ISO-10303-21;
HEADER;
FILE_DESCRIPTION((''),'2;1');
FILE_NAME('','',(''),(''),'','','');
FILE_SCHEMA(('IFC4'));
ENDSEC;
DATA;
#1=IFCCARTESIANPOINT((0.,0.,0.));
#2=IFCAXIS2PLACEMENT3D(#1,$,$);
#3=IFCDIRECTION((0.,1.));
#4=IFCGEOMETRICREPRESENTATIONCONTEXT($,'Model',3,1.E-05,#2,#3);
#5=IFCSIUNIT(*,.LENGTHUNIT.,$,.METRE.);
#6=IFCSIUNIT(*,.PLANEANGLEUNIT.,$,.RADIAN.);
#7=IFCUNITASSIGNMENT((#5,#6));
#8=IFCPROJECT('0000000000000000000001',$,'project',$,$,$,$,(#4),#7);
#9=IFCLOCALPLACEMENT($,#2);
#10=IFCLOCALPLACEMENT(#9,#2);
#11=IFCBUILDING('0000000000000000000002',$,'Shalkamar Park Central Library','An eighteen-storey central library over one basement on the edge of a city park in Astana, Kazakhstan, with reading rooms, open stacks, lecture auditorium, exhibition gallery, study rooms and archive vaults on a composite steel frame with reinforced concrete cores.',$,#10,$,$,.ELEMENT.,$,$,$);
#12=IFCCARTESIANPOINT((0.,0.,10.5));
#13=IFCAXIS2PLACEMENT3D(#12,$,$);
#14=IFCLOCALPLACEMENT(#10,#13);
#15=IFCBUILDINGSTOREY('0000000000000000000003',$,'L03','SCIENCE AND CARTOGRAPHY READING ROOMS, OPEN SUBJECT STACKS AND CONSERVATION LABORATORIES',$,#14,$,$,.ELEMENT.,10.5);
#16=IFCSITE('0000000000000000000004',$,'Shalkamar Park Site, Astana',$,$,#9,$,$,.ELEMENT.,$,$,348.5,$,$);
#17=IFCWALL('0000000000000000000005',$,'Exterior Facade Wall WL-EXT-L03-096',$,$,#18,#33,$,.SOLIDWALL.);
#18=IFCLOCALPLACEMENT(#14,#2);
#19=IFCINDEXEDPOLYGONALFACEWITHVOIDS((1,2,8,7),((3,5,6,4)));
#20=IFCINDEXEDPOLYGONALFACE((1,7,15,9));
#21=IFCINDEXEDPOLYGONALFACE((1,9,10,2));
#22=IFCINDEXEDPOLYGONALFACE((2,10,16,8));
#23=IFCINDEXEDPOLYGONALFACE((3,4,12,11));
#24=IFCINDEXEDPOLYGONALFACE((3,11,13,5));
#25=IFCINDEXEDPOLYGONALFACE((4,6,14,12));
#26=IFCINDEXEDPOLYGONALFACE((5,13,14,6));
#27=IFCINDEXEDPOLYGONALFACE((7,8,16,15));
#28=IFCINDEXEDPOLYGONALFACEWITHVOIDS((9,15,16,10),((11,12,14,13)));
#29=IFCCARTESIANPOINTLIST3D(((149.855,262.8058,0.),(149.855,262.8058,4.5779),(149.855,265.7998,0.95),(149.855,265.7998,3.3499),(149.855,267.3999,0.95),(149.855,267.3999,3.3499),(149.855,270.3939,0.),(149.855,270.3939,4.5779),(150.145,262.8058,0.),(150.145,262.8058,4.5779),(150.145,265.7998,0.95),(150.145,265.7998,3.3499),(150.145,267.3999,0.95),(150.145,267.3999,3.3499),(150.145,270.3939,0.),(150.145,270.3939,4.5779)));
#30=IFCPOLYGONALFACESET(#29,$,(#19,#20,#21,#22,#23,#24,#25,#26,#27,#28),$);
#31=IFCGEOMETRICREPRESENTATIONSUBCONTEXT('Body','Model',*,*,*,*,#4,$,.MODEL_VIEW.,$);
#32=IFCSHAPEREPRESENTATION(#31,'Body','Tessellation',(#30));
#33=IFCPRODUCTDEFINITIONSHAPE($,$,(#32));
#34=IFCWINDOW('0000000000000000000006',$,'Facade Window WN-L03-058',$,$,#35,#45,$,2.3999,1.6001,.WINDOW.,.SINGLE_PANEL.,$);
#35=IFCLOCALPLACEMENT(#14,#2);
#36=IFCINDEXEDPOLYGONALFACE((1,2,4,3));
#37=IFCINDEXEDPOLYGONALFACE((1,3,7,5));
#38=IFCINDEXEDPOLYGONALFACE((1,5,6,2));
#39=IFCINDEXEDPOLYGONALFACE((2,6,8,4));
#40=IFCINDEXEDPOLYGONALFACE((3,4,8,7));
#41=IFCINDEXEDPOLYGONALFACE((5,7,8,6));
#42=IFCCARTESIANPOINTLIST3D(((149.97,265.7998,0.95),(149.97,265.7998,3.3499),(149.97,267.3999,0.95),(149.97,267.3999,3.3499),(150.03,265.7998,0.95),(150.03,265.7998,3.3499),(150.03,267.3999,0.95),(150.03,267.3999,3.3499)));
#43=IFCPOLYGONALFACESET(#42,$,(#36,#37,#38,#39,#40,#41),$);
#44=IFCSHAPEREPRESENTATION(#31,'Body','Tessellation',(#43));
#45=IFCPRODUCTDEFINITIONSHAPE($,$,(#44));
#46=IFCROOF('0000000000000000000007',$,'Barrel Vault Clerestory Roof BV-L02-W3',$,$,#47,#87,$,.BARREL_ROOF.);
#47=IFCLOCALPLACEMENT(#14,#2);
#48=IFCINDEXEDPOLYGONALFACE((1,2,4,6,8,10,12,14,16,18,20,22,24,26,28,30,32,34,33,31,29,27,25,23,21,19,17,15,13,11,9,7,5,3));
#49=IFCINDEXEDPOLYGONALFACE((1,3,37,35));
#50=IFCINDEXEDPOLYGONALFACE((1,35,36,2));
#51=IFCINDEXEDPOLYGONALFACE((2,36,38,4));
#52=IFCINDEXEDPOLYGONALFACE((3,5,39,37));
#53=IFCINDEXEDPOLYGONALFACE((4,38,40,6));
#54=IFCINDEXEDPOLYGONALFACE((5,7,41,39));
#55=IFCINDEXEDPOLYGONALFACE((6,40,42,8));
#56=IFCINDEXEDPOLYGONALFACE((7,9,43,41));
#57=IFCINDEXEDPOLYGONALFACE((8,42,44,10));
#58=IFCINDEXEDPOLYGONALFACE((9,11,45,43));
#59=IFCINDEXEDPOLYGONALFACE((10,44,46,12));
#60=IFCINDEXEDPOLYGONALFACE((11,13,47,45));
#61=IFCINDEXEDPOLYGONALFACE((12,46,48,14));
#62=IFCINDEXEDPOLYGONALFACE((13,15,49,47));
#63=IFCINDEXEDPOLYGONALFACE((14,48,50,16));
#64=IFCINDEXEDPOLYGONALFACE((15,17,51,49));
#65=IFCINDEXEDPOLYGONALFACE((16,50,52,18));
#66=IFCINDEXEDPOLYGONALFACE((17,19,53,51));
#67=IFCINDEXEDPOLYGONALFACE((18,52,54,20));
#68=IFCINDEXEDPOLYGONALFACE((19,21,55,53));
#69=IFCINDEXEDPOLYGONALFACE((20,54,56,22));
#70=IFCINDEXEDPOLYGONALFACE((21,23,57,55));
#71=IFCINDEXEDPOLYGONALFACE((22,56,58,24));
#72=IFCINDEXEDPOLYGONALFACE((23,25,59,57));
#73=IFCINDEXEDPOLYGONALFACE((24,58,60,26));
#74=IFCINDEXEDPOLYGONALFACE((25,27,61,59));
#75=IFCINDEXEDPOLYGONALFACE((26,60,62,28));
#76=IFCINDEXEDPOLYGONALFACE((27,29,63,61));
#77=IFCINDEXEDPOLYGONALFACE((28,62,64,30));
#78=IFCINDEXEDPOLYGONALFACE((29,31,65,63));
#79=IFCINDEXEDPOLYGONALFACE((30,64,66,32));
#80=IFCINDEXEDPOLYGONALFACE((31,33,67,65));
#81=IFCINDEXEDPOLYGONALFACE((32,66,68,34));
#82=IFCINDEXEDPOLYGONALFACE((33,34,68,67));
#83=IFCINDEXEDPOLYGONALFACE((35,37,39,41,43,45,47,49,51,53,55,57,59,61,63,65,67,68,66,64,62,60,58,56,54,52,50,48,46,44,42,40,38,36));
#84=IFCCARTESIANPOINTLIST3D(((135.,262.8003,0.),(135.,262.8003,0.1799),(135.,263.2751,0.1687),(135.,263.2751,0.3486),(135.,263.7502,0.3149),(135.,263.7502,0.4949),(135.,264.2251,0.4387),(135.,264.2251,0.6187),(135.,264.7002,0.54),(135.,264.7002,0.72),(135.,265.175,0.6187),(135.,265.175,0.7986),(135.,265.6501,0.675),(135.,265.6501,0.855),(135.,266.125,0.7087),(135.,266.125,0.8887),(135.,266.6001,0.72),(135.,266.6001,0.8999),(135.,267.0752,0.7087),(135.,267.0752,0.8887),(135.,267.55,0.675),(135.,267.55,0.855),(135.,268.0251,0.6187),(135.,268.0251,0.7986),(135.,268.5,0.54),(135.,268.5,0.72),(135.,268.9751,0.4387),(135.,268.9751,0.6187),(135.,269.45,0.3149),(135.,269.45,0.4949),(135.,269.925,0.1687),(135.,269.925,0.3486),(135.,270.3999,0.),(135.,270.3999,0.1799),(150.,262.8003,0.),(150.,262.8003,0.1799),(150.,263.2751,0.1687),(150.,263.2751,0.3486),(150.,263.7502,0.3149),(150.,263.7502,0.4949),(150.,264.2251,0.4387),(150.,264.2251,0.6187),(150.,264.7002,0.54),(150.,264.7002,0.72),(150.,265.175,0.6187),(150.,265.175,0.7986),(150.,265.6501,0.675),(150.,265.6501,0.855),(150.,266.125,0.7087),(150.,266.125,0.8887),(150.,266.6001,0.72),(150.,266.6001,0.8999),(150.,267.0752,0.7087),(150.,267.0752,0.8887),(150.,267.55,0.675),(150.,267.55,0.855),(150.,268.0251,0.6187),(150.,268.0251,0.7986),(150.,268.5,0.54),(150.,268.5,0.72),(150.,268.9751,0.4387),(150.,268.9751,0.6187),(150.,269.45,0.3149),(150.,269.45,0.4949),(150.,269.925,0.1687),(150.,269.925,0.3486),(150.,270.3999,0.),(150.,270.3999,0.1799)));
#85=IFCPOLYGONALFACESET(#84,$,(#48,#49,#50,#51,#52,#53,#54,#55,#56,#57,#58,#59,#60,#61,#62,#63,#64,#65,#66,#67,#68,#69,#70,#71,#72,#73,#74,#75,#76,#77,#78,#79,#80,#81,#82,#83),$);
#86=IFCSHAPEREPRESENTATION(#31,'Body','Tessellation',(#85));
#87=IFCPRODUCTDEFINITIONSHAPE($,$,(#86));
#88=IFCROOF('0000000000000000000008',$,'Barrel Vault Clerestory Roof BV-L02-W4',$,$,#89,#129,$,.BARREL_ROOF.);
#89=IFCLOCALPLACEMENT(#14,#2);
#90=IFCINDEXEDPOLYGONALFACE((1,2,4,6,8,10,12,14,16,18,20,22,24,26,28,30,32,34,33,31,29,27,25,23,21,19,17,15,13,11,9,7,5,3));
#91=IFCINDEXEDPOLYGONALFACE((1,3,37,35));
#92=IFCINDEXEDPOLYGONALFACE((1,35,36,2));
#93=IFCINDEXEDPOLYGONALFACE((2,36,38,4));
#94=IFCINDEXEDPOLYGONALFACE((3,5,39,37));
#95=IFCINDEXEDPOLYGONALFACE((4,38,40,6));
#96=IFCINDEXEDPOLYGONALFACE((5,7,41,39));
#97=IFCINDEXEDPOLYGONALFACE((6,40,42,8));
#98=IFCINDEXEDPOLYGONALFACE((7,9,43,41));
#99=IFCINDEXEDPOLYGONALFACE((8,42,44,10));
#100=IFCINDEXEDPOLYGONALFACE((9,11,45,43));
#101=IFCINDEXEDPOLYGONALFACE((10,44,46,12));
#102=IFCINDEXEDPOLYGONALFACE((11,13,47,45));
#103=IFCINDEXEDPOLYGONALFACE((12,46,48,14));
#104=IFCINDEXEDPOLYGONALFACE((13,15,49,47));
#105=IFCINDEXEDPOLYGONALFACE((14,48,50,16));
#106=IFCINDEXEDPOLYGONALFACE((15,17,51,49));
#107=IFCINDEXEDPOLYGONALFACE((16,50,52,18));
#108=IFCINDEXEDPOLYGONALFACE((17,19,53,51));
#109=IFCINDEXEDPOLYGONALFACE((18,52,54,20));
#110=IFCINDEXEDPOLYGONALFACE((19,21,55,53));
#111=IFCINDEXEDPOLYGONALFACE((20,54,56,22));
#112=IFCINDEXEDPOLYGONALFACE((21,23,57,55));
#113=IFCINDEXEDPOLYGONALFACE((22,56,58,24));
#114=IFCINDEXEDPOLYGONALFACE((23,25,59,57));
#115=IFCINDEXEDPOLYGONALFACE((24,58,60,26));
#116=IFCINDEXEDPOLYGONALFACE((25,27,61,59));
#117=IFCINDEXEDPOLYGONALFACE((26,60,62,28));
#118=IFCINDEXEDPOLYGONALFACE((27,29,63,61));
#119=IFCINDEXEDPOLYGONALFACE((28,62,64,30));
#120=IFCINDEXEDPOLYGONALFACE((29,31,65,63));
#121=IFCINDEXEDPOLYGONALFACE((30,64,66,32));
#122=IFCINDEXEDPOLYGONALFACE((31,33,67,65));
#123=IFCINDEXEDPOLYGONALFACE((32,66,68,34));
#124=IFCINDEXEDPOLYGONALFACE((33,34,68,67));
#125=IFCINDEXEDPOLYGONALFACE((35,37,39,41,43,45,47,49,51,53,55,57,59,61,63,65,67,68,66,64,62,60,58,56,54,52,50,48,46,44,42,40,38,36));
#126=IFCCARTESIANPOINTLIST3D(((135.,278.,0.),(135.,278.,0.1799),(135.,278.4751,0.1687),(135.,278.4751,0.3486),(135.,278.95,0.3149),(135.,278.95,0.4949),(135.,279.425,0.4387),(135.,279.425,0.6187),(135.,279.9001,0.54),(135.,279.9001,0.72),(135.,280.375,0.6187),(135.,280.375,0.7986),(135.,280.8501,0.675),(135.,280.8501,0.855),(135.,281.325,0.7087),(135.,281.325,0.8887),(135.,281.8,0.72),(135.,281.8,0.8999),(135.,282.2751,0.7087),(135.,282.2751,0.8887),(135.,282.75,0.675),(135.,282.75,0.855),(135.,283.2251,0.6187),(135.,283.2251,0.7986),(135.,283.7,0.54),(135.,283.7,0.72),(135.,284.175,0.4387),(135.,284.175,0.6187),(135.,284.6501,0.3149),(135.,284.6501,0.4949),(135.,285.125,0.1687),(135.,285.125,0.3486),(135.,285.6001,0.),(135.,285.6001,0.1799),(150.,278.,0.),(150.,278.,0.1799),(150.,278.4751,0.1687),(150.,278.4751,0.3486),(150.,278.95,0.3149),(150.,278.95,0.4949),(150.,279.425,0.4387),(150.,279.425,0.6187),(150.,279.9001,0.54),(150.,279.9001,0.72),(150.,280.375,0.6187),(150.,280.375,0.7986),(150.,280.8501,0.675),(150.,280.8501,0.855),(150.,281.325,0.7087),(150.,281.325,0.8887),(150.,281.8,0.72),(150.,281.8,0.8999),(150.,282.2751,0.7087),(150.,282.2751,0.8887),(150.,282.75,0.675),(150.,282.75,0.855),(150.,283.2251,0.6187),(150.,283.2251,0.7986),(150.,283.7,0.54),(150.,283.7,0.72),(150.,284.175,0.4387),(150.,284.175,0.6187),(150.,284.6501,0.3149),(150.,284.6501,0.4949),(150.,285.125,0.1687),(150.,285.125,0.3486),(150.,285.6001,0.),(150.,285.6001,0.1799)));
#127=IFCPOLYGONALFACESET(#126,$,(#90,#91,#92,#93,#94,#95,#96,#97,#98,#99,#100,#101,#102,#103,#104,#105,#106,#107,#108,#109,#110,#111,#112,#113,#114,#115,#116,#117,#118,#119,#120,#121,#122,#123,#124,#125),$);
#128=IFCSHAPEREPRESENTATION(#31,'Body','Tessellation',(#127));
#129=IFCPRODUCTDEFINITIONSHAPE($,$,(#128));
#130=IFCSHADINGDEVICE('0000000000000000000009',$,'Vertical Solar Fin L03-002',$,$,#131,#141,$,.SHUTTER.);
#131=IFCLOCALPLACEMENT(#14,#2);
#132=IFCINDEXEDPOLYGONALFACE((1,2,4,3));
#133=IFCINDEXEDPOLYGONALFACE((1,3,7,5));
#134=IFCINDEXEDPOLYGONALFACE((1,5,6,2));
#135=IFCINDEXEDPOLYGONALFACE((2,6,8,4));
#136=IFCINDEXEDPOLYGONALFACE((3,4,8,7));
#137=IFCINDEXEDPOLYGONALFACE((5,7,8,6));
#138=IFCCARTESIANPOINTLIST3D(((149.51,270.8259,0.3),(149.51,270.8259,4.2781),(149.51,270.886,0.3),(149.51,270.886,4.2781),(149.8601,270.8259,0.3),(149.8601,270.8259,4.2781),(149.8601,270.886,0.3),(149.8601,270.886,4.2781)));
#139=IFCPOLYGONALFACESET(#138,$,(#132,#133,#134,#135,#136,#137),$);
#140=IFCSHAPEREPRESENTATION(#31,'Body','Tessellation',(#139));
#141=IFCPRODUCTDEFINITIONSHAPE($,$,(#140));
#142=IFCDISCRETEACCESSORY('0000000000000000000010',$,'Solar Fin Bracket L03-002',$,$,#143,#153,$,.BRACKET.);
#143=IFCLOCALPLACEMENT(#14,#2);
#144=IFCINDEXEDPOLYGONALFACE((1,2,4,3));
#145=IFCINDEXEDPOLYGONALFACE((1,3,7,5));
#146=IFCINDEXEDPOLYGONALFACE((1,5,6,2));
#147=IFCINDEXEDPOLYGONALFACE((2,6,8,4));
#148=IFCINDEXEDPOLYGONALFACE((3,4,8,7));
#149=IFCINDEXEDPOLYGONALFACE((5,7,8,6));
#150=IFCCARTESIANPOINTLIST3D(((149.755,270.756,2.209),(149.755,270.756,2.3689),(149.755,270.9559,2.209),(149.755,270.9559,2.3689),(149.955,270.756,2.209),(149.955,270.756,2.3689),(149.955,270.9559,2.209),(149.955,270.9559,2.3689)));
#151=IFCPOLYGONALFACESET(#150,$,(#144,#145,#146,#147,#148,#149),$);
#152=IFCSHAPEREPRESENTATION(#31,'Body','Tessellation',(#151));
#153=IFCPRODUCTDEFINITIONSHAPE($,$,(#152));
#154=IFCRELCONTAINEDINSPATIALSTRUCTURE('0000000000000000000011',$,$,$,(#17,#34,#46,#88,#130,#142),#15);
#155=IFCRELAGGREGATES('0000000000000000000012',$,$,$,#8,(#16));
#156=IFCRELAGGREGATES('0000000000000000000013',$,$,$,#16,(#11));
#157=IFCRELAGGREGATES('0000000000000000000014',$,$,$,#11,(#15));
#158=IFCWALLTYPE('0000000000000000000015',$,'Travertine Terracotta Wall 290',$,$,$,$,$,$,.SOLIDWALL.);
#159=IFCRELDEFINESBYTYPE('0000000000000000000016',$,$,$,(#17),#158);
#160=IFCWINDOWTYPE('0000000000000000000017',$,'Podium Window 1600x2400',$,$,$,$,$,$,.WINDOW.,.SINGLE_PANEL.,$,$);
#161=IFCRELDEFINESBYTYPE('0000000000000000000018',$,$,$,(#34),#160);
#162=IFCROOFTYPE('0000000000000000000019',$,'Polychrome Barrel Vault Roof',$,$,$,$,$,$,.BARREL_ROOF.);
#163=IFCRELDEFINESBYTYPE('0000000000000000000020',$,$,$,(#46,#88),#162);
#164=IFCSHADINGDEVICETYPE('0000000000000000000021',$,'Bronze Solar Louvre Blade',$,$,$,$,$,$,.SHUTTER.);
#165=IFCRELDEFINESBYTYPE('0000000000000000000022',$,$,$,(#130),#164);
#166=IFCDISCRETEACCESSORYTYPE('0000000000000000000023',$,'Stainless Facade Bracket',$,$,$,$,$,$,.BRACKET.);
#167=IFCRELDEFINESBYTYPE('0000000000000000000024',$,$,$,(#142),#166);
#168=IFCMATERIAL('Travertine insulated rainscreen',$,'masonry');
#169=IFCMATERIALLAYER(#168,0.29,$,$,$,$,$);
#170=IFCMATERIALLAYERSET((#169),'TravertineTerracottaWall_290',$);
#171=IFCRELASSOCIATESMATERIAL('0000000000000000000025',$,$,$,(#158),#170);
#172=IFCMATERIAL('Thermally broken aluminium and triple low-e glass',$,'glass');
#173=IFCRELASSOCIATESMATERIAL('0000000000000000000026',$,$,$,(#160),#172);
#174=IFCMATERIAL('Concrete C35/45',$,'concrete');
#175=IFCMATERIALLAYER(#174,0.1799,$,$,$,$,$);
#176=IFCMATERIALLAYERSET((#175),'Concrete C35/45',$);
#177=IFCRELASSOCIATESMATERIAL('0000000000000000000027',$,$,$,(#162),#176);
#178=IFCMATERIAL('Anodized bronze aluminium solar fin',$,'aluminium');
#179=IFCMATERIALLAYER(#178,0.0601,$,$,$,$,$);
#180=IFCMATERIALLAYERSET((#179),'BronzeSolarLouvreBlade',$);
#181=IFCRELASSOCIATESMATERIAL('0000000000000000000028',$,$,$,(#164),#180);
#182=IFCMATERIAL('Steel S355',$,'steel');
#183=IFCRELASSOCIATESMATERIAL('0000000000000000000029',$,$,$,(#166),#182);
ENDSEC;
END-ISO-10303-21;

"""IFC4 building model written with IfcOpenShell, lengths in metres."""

from ifc_helpers import new_model, si_unit, direction, frame, frame_2d, origin, origin_2d, place, context, subcontext, project, spatial, polyline, rectangle, outline, extrude, material, layer, layer_set, type_object, element, fill, save


model = new_model("IFC4")

# Units and contexts
model_context = context("Model", 3, precision=1e-05, world=origin(), true_north=direction((0.0, 1.0)))
body_context = subcontext(model_context, "Body", "Model", "MODEL_VIEW")
ifc_project = project(units=[si_unit("LENGTHUNIT", "METRE"), si_unit("PLANEANGLEUNIT", "RADIAN")], contexts=[model_context])

# Site, building, storey
site_placement = place(None, origin())
site = spatial("IfcSite", under=ifc_project, at=site_placement, Name="Shalkamar Park Site, Astana", CompositionType="ELEMENT", RefElevation=348.5)
building_placement = place(site_placement, origin())
building = spatial("IfcBuilding", under=site, at=building_placement, Name="Shalkamar Park Central Library", Description="An eighteen-storey central library over one basement on the edge of a city park in Astana, Kazakhstan, with reading rooms, open stacks, lecture auditorium, exhibition gallery, study rooms and archive vaults on a composite steel frame with reinforced concrete cores.", CompositionType="ELEMENT")
storey_placement = place(building_placement, frame((0.0, 0.0, 10.5)))
storey = spatial("IfcBuildingStorey", under=building, at=storey_placement, Name="L03", Description="SCIENCE AND CARTOGRAPHY READING ROOMS, OPEN SUBJECT STACKS AND CONSERVATION LABORATORIES", CompositionType="ELEMENT", Elevation=10.5)

# Shared definitions
ifc_material_1 = material(Name="Steel S355", Category="steel")

# Wall, opening, window
ifc_material_2 = material(Name="Travertine insulated rainscreen", Category="masonry")
ifc_layer_1 = layer(ifc_material_2, 0.29)
ifc_layer_set_1 = layer_set([ifc_layer_1], Name="TravertineTerracottaWall_290")
wall_type = type_object("IfcWallType", Name="Travertine Terracotta Wall 290", PredefinedType="SOLIDWALL", material=ifc_layer_set_1)
wall_placement = place(storey_placement, frame((150.0, 262.8059, 0.0), z_axis=(0.0, 0.0, 1.0), x_axis=(0.0, 1.0, 0.0)))
wall = element("IfcWall", 1, at=wall_placement, inside=storey, type_object=wall_type, Name="Exterior Facade Wall WL-EXT-L03-096", PredefinedType="SOLIDWALL", context=body_context, shape_type="SweptSolid", body=[
    extrude(rectangle(XDim=7.5881, YDim=0.29, at=frame_2d((3.7939, 0.0))), origin(), (0.0, 0.0, 1.0), 4.5779),
])
opening_placement = place(wall_placement, frame((2.9939, 0.0, 0.95)))
opening = element("IfcOpeningElement", 2, at=opening_placement, cuts=wall, PredefinedType="OPENING", context=body_context, shape_type="SweptSolid", body=[
    extrude(rectangle(XDim=1.6001, YDim=2.3999, at=frame_2d((0.8, 1.2))), frame((0.0, 0.1599, 0.0), z_axis=(0.0, -1.0, 0.0), x_axis=(1.0, 0.0, 0.0)), (0.0, 0.0, 1.0), 0.3198),
])
ifc_material_3 = material(Name="Thermally broken aluminium and triple low-e glass", Category="glass")
window_type = type_object("IfcWindowType", Name="Podium Window 1600x2400", PartitioningType="SINGLE_PANEL", PredefinedType="WINDOW", material=ifc_material_3)
window_placement = place(opening_placement, origin())
window = element("IfcWindow", 3, at=window_placement, inside=storey, type_object=window_type, Name="Facade Window WN-L03-058", OverallHeight=2.3999, OverallWidth=1.6001, PartitioningType="SINGLE_PANEL", PredefinedType="WINDOW", context=body_context, shape_type="SweptSolid", body=[
    extrude(rectangle(XDim=1.6001, YDim=2.3999, at=frame_2d((0.8, 1.2))), frame((0.0, 0.03, 0.0), z_axis=(0.0, -1.0, 0.0), x_axis=(1.0, 0.0, 0.0)), (0.0, 0.0, 1.0), 0.0601),
])
fill(opening, window)

# Roofs
ifc_material_4 = material(Name="Concrete C35/45", Category="concrete")
ifc_layer_2 = layer(ifc_material_4, 0.1799)
ifc_layer_set_2 = layer_set([ifc_layer_2], Name="Concrete C35/45")
roof_type = type_object("IfcRoofType", Name="Polychrome Barrel Vault Roof", PredefinedType="BARREL_ROOF", material=ifc_layer_set_2)
roof_1_placement = place(storey_placement, frame((135.0, 266.6001, 0.0), z_axis=(0.0, 0.0, 1.0), x_axis=(1.0, 0.0, 0.0)))
element("IfcRoof", 4, at=roof_1_placement, inside=storey, type_object=roof_type, Name="Barrel Vault Clerestory Roof BV-L02-W3", PredefinedType="BARREL_ROOF", context=body_context, shape_type="SweptSolid", body=[
    extrude(outline(polyline([(-3.7998, 0.1799), (-3.325, 0.3486), (-2.8499, 0.4949), (-2.375, 0.6187), (-1.8999, 0.72), (-1.425, 0.7986), (-0.95, 0.855), (-0.4751, 0.8887), (0.0, 0.8999), (0.4751, 0.8887), (0.95, 0.855), (1.425, 0.7986), (1.8999, 0.72), (2.375, 0.6187), (2.8499, 0.4949), (3.325, 0.3486), (3.7998, 0.1799), (3.7998, 0.0), (3.325, 0.1687), (2.8499, 0.3149), (2.375, 0.4387), (1.8999, 0.54), (1.425, 0.6187), (0.95, 0.675), (0.4751, 0.7087), (0.0, 0.72), (-0.4751, 0.7087), (-0.95, 0.675), (-1.425, 0.6187), (-1.8999, 0.54), (-2.375, 0.4387), (-2.8499, 0.3149), (-3.325, 0.1687), (-3.7998, 0.0), (-3.7998, 0.1799)])), frame((0.0, 0.0, 0.0), z_axis=(1.0, 0.0, 0.0), x_axis=(0.0, 1.0, 0.0)), (0.0, 0.0, 1.0), 15.0),
])
roof_2_placement = place(storey_placement, frame((135.0, 281.8, 0.0), z_axis=(0.0, 0.0, 1.0), x_axis=(1.0, 0.0, 0.0)))
element("IfcRoof", 5, at=roof_2_placement, inside=storey, type_object=roof_type, Name="Barrel Vault Clerestory Roof BV-L02-W4", PredefinedType="BARREL_ROOF", context=body_context, shape_type="SweptSolid", body=[
    extrude(outline(polyline([(-3.8, 0.1799), (-3.325, 0.3486), (-2.8501, 0.4949), (-2.375, 0.6187), (-1.8999, 0.72), (-1.425, 0.7986), (-0.95, 0.855), (-0.4751, 0.8887), (0.0, 0.8999), (0.4751, 0.8887), (0.95, 0.855), (1.425, 0.7986), (1.8999, 0.72), (2.375, 0.6187), (2.8501, 0.4949), (3.325, 0.3486), (3.8, 0.1799), (3.8, 0.0), (3.325, 0.1687), (2.8501, 0.3149), (2.375, 0.4387), (1.8999, 0.54), (1.425, 0.6187), (0.95, 0.675), (0.4751, 0.7087), (0.0, 0.72), (-0.4751, 0.7087), (-0.95, 0.675), (-1.425, 0.6187), (-1.8999, 0.54), (-2.375, 0.4387), (-2.8501, 0.3149), (-3.325, 0.1687), (-3.8, 0.0), (-3.8, 0.1799)])), frame((0.0, 0.0, 0.0), z_axis=(1.0, 0.0, 0.0), x_axis=(0.0, 1.0, 0.0)), (0.0, 0.0, 1.0), 15.0),
])

# Shading device
ifc_material_5 = material(Name="Anodized bronze aluminium solar fin", Category="aluminium")
ifc_layer_3 = layer(ifc_material_5, 0.0601)
ifc_layer_set_3 = layer_set([ifc_layer_3], Name="BronzeSolarLouvreBlade")
shading_device_type = type_object("IfcShadingDeviceType", Name="Bronze Solar Louvre Blade", PredefinedType="SHUTTER", material=ifc_layer_set_3)
shading_device_placement = place(storey_placement, frame((149.6851, 270.856, 0.3), z_axis=(0.0, 0.0, 1.0), x_axis=(1.0, 0.0, 0.0)))
element("IfcShadingDevice", 6, at=shading_device_placement, inside=storey, type_object=shading_device_type, Name="Vertical Solar Fin L03-002", PredefinedType="SHUTTER", context=body_context, shape_type="SweptSolid", body=[
    extrude(rectangle(XDim=0.3501, YDim=0.0601, at=origin_2d()), origin(), (0.0, 0.0, 1.0), 3.978),
])

# Discrete accessory
discrete_accessory_type = type_object("IfcDiscreteAccessoryType", Name="Stainless Facade Bracket", PredefinedType="BRACKET", material=ifc_material_1)
discrete_accessory_placement = place(storey_placement, frame((149.855, 270.856, 2.209), z_axis=(0.0, 0.0, 1.0), x_axis=(1.0, 0.0, 0.0)))
element("IfcDiscreteAccessory", 7, at=discrete_accessory_placement, inside=storey, type_object=discrete_accessory_type, Name="Solar Fin Bracket L03-002", PredefinedType="BRACKET", context=body_context, shape_type="SweptSolid", body=[
    extrude(rectangle(XDim=0.2, YDim=0.2, at=origin_2d()), origin(), (0.0, 0.0, 1.0), 0.1599),
])

save(model, "model.ifc")
